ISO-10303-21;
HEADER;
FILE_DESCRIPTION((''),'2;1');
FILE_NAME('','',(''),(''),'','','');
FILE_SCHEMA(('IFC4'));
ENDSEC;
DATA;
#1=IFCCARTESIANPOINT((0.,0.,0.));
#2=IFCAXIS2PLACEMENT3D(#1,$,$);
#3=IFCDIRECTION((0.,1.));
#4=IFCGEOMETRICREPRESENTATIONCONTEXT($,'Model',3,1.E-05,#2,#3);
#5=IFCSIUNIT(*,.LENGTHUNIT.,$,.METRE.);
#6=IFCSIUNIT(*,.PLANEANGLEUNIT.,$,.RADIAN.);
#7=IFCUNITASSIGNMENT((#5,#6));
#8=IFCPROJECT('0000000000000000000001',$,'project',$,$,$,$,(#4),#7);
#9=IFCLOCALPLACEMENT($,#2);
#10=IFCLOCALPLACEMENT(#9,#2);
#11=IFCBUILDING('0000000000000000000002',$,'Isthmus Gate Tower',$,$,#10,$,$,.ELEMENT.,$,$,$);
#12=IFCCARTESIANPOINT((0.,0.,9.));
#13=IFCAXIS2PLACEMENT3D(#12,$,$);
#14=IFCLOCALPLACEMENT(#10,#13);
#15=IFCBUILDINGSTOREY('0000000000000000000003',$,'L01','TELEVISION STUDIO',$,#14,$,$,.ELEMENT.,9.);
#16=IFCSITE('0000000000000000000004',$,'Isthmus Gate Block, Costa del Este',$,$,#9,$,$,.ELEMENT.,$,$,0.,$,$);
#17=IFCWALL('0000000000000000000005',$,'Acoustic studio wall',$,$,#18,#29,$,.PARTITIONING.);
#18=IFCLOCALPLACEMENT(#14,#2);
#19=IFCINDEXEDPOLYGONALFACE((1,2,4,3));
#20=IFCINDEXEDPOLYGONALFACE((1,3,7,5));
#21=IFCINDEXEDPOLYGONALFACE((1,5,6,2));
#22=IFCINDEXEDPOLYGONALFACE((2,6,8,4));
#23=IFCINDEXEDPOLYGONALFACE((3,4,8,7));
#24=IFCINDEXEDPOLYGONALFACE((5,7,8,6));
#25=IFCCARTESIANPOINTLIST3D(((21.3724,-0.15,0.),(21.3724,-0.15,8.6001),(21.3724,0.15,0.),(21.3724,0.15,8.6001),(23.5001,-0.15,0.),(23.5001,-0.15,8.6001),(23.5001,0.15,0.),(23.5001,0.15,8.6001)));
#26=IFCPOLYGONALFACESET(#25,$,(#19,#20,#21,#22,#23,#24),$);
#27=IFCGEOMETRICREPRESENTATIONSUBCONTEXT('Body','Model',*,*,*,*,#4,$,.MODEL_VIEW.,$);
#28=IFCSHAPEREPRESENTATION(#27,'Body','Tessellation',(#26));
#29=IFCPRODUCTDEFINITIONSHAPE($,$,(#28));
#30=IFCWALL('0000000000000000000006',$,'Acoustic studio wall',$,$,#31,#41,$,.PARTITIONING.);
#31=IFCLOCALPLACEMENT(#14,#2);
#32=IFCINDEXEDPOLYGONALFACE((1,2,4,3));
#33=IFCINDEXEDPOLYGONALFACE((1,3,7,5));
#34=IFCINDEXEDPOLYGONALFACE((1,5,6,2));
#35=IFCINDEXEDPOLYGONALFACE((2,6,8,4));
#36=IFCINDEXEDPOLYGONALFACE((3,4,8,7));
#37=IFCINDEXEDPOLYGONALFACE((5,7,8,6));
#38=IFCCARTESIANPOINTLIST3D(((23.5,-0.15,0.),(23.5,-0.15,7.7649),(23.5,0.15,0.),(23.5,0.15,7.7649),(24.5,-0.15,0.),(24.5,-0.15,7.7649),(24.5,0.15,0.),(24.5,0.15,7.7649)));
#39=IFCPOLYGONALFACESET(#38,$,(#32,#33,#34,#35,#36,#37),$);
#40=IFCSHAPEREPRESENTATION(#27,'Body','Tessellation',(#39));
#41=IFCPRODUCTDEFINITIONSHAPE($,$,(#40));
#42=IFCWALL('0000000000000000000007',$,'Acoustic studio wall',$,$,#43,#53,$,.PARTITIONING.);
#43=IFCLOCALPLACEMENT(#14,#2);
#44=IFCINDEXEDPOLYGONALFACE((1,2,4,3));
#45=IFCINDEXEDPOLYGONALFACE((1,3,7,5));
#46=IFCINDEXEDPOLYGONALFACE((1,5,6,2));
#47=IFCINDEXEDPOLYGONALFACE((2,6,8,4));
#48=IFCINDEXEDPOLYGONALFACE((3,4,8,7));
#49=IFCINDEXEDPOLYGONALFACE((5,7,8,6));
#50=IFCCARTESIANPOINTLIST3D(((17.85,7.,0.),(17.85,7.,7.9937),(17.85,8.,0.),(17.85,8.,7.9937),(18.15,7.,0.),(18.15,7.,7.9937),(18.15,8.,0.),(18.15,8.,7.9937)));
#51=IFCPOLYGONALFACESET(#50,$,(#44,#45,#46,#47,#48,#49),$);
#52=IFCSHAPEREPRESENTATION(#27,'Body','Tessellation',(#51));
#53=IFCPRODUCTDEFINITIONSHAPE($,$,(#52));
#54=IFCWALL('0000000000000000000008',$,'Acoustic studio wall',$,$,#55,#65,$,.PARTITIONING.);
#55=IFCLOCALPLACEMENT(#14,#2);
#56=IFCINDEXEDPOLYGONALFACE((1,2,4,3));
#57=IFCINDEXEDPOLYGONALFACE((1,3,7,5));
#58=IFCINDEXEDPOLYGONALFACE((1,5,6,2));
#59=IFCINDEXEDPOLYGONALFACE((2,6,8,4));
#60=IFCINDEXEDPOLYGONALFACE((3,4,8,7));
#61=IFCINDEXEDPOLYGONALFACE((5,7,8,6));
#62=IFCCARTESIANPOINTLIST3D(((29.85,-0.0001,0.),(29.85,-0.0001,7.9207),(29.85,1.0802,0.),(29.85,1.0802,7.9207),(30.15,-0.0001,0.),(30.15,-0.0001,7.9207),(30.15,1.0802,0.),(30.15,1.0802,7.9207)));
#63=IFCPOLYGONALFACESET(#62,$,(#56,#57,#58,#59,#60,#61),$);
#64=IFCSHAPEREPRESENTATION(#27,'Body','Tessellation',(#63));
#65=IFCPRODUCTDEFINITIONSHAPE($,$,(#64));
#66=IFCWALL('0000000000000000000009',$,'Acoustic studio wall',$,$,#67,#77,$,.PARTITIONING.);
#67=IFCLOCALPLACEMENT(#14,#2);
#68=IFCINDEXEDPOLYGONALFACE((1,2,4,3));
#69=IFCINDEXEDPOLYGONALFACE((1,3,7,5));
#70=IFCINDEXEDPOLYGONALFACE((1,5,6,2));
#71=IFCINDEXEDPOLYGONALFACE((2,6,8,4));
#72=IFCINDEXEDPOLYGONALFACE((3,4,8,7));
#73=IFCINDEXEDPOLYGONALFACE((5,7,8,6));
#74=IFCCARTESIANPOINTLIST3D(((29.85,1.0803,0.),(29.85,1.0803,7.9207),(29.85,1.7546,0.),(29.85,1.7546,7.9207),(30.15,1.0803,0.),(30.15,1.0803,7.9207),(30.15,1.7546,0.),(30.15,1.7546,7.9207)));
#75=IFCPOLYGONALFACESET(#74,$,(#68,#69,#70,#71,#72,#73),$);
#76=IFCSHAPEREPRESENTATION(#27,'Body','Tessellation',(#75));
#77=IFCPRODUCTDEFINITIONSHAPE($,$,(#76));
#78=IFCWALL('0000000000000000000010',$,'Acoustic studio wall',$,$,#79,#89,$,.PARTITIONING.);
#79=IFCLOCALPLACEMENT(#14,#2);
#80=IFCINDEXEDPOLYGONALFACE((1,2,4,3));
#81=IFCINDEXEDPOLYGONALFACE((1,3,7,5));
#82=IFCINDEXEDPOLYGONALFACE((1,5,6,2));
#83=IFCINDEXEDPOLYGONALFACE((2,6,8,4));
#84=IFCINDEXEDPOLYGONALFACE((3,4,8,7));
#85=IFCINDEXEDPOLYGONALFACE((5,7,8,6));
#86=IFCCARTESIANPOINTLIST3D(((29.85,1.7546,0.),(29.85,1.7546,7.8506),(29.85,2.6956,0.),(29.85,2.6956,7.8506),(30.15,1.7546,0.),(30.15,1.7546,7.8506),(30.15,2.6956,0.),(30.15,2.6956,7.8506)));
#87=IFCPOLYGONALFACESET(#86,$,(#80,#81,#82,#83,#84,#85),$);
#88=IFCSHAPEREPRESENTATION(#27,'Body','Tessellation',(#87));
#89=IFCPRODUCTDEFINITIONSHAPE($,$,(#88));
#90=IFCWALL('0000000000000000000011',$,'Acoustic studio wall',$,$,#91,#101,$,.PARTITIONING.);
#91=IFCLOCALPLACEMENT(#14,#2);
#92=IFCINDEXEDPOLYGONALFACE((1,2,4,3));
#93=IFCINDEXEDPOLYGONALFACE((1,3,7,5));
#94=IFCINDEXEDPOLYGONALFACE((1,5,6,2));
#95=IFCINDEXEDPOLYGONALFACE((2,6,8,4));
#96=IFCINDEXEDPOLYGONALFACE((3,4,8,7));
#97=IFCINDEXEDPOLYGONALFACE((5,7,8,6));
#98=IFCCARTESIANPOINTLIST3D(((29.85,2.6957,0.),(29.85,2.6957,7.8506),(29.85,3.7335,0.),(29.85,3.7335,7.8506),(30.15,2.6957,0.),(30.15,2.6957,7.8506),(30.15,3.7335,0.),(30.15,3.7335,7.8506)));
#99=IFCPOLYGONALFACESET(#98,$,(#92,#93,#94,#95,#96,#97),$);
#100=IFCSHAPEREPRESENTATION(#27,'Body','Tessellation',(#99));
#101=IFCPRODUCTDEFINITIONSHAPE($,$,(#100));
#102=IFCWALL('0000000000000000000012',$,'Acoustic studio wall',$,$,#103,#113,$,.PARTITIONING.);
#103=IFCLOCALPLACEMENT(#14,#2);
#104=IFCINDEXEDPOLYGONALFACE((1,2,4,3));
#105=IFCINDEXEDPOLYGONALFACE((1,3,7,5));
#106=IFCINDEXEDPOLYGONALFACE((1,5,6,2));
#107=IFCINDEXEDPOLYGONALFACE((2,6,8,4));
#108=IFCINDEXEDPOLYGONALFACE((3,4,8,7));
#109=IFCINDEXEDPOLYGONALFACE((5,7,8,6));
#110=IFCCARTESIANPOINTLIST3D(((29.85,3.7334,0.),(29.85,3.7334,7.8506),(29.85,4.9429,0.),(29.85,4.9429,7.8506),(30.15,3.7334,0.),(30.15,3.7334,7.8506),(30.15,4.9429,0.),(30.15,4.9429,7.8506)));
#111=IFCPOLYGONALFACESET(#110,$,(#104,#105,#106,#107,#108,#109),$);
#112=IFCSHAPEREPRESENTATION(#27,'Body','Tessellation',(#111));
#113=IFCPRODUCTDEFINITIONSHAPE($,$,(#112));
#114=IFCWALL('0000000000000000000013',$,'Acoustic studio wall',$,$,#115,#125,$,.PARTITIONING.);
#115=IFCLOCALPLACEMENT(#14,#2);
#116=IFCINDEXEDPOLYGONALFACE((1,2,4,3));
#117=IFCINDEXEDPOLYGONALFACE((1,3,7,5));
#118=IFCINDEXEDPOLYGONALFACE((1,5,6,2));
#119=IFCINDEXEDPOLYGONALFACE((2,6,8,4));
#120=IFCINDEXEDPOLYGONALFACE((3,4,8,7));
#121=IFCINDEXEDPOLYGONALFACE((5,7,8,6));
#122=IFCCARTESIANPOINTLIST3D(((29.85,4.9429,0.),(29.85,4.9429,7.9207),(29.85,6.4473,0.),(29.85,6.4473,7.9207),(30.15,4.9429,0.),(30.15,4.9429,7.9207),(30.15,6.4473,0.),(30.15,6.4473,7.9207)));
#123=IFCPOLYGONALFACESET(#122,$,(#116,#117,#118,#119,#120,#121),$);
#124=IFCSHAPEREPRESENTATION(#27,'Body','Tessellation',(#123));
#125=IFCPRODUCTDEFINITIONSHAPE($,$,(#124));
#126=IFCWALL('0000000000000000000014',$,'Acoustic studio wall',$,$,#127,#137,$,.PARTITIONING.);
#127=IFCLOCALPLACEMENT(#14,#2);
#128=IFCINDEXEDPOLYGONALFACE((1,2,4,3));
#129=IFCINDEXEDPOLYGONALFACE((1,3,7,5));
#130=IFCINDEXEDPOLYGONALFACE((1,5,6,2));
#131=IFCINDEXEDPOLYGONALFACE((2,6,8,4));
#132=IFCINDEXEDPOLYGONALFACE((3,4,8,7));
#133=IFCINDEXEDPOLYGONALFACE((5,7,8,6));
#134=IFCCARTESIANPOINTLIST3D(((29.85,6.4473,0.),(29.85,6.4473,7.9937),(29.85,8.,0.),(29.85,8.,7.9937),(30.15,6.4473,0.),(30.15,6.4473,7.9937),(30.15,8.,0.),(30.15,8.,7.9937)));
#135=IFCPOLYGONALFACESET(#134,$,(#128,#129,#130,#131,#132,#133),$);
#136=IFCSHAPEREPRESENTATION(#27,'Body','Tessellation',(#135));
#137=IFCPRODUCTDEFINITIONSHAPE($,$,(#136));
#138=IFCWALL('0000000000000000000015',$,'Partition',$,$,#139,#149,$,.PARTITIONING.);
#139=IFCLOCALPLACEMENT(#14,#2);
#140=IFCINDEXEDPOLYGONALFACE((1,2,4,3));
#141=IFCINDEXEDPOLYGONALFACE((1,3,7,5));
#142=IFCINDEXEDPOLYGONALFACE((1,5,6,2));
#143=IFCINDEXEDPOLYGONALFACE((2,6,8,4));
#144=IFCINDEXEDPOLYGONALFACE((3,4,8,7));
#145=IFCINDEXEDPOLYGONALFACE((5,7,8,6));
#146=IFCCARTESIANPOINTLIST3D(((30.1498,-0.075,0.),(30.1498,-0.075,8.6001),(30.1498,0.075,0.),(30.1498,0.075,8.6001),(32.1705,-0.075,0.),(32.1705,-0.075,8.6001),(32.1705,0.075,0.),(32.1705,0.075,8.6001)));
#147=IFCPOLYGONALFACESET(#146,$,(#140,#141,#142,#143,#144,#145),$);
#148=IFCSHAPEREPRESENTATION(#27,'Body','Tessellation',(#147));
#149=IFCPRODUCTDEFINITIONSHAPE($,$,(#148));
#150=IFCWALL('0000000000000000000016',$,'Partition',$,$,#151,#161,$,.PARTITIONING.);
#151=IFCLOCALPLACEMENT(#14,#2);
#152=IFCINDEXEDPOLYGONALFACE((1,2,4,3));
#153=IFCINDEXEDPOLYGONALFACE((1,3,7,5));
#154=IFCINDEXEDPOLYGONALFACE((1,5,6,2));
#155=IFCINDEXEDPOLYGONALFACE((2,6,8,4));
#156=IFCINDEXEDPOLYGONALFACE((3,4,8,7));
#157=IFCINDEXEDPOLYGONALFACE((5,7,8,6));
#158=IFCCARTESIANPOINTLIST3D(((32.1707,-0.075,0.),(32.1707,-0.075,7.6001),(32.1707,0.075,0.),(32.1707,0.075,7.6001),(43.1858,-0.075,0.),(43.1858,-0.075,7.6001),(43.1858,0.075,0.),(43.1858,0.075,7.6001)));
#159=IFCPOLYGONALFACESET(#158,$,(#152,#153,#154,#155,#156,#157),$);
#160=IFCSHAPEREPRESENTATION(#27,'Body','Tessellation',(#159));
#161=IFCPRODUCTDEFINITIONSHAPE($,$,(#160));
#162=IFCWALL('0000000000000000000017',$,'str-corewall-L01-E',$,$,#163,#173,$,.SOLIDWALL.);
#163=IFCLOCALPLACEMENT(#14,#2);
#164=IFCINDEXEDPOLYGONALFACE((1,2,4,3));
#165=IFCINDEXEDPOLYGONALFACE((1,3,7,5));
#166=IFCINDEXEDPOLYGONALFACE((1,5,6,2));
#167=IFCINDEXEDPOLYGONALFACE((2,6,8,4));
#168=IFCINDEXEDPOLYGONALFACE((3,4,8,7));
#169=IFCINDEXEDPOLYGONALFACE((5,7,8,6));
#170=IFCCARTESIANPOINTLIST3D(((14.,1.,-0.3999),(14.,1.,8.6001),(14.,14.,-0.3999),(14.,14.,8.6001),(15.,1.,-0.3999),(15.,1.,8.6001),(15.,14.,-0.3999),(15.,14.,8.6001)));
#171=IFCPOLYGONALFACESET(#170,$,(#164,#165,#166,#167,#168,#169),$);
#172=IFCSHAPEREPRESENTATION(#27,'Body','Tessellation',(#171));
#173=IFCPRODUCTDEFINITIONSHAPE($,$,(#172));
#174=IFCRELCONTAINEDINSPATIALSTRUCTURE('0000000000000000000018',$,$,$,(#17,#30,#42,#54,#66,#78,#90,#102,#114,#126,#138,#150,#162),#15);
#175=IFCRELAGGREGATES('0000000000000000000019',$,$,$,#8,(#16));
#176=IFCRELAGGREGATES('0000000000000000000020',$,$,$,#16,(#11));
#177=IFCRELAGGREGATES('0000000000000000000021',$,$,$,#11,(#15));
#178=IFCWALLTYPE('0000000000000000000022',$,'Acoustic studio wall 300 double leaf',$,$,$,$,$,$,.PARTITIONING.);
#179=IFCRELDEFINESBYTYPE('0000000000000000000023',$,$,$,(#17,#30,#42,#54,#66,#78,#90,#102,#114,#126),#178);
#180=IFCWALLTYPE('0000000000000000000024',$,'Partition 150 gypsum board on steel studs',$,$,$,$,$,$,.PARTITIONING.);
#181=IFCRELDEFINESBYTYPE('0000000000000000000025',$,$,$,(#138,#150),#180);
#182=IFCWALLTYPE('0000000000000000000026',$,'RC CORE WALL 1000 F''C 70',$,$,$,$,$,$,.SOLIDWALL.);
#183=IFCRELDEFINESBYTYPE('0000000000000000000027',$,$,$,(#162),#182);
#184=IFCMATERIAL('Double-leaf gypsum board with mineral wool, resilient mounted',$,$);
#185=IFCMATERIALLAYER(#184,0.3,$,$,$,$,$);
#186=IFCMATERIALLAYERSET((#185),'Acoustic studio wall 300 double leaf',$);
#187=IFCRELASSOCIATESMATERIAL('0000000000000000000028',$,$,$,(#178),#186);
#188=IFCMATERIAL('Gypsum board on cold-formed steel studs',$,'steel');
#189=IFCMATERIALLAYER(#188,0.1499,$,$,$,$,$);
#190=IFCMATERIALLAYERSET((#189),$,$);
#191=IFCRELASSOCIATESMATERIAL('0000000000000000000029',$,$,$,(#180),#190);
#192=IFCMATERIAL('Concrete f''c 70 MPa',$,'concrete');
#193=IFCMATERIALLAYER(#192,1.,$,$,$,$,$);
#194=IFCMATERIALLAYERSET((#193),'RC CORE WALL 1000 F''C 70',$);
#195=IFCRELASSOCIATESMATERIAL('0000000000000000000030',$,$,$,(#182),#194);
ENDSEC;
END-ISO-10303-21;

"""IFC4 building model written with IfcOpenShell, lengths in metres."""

from ifc_helpers import new_model, si_unit, direction, frame, frame_2d, origin, place, context, subcontext, project, spatial, rectangle, extrude, material, layer, layer_set, type_object, element, save


model = new_model("IFC4")

# Units and contexts
model_context = context("Model", 3, precision=1e-05, world=origin(), true_north=direction((0.0, 1.0)))
body_context = subcontext(model_context, "Body", "Model", "MODEL_VIEW")
ifc_project = project(units=[si_unit("LENGTHUNIT", "METRE"), si_unit("PLANEANGLEUNIT", "RADIAN")], contexts=[model_context])

# Site, building, storey
site_placement = place(None, origin())
site = spatial("IfcSite", under=ifc_project, at=site_placement, Name="Isthmus Gate Block, Costa del Este", CompositionType="ELEMENT", RefElevation=0.0)
building_placement = place(site_placement, origin())
building = spatial("IfcBuilding", under=site, at=building_placement, Name="Isthmus Gate Tower", CompositionType="ELEMENT")
storey_placement = place(building_placement, frame((0.0, 0.0, 9.0)))
storey = spatial("IfcBuildingStorey", under=building, at=storey_placement, Name="L01", Description="TELEVISION STUDIO", CompositionType="ELEMENT", Elevation=9.0)

# Walls
ifc_material_1 = material(Name="Double-leaf gypsum board with mineral wool, resilient mounted")
ifc_layer_1 = layer(ifc_material_1, 0.3)
ifc_layer_set_1 = layer_set([ifc_layer_1], Name="Acoustic studio wall 300 double leaf")
wall_type_1 = type_object("IfcWallType", Name="Acoustic studio wall 300 double leaf", PredefinedType="PARTITIONING", material=ifc_layer_set_1)
wall_1_placement = place(storey_placement, frame((21.3723, 0.0, 0.0), z_axis=(0.0, 0.0, 1.0), x_axis=(1.0, 0.0, 0.0)))
element("IfcWall", 1, at=wall_1_placement, inside=storey, type_object=wall_type_1, Name="Acoustic studio wall", PredefinedType="PARTITIONING", context=body_context, shape_type="SweptSolid", body=[
    extrude(rectangle(XDim=2.1277, YDim=0.3, at=frame_2d((1.064, 0.0))), origin(), (0.0, 0.0, 1.0), 8.6001),
])
wall_2_placement = place(storey_placement, frame((23.5, 0.0, 0.0), z_axis=(0.0, 0.0, 1.0), x_axis=(1.0, 0.0, 0.0)))
element("IfcWall", 2, at=wall_2_placement, inside=storey, type_object=wall_type_1, Name="Acoustic studio wall", PredefinedType="PARTITIONING", context=body_context, shape_type="SweptSolid", body=[
    extrude(rectangle(XDim=1.0, YDim=0.3, at=frame_2d((0.5, 0.0))), origin(), (0.0, 0.0, 1.0), 7.7649),
])

# Walls
wall_3_placement = place(storey_placement, frame((18.0, 7.0, 0.0), z_axis=(0.0, 0.0, 1.0), x_axis=(0.0, 1.0, 0.0)))
element("IfcWall", 3, at=wall_3_placement, inside=storey, type_object=wall_type_1, Name="Acoustic studio wall", PredefinedType="PARTITIONING", context=body_context, shape_type="SweptSolid", body=[
    extrude(rectangle(XDim=1.0, YDim=0.3, at=frame_2d((0.5, 0.0))), origin(), (0.0, 0.0, 1.0), 7.9937),
])
wall_4_placement = place(storey_placement, frame((30.0, 0.0, 0.0), z_axis=(0.0, 0.0, 1.0), x_axis=(0.0, 1.0, 0.0)))
element("IfcWall", 4, at=wall_4_placement, inside=storey, type_object=wall_type_1, Name="Acoustic studio wall", PredefinedType="PARTITIONING", context=body_context, shape_type="SweptSolid", body=[
    extrude(rectangle(XDim=1.0803, YDim=0.3, at=frame_2d((0.54, 0.0))), origin(), (0.0, 0.0, 1.0), 7.9207),
])
wall_5_placement = place(storey_placement, frame((30.0, 1.0803, 0.0), z_axis=(0.0, 0.0, 1.0), x_axis=(0.0, 1.0, 0.0)))
element("IfcWall", 5, at=wall_5_placement, inside=storey, type_object=wall_type_1, Name="Acoustic studio wall", PredefinedType="PARTITIONING", context=body_context, shape_type="SweptSolid", body=[
    extrude(rectangle(XDim=0.6743, YDim=0.3, at=frame_2d((0.3372, 0.0))), origin(), (0.0, 0.0, 1.0), 7.9207),
])
wall_6_placement = place(storey_placement, frame((30.0, 1.7546, 0.0), z_axis=(0.0, 0.0, 1.0), x_axis=(0.0, 1.0, 0.0)))
element("IfcWall", 6, at=wall_6_placement, inside=storey, type_object=wall_type_1, Name="Acoustic studio wall", PredefinedType="PARTITIONING", context=body_context, shape_type="SweptSolid", body=[
    extrude(rectangle(XDim=0.9409, YDim=0.3, at=frame_2d((0.4705, 0.0))), origin(), (0.0, 0.0, 1.0), 7.8506),
])
wall_7_placement = place(storey_placement, frame((30.0, 2.6956, 0.0), z_axis=(0.0, 0.0, 1.0), x_axis=(0.0, 1.0, 0.0)))
element("IfcWall", 7, at=wall_7_placement, inside=storey, type_object=wall_type_1, Name="Acoustic studio wall", PredefinedType="PARTITIONING", context=body_context, shape_type="SweptSolid", body=[
    extrude(rectangle(XDim=1.0378, YDim=0.3, at=frame_2d((0.519, 0.0))), origin(), (0.0, 0.0, 1.0), 7.8506),
])
wall_8_placement = place(storey_placement, frame((30.0, 3.7334, 0.0), z_axis=(0.0, 0.0, 1.0), x_axis=(0.0, 1.0, 0.0)))
element("IfcWall", 8, at=wall_8_placement, inside=storey, type_object=wall_type_1, Name="Acoustic studio wall", PredefinedType="PARTITIONING", context=body_context, shape_type="SweptSolid", body=[
    extrude(rectangle(XDim=1.2095, YDim=0.3, at=frame_2d((0.6047, 0.0))), origin(), (0.0, 0.0, 1.0), 7.8506),
])
wall_9_placement = place(storey_placement, frame((30.0, 4.9429, 0.0), z_axis=(0.0, 0.0, 1.0), x_axis=(0.0, 1.0, 0.0)))
element("IfcWall", 9, at=wall_9_placement, inside=storey, type_object=wall_type_1, Name="Acoustic studio wall", PredefinedType="PARTITIONING", context=body_context, shape_type="SweptSolid", body=[
    extrude(rectangle(XDim=1.5044, YDim=0.3, at=frame_2d((0.7522, 0.0))), origin(), (0.0, 0.0, 1.0), 7.9207),
])
wall_10_placement = place(storey_placement, frame((30.0, 6.4473, 0.0), z_axis=(0.0, 0.0, 1.0), x_axis=(0.0, 1.0, 0.0)))
element("IfcWall", 10, at=wall_10_placement, inside=storey, type_object=wall_type_1, Name="Acoustic studio wall", PredefinedType="PARTITIONING", context=body_context, shape_type="SweptSolid", body=[
    extrude(rectangle(XDim=1.5527, YDim=0.3, at=frame_2d((0.7764, 0.0))), origin(), (0.0, 0.0, 1.0), 7.9937),
])
ifc_material_2 = material(Name="Gypsum board on cold-formed steel studs", Category="steel")
ifc_layer_2 = layer(ifc_material_2, 0.1499)
ifc_layer_set_2 = layer_set([ifc_layer_2])
wall_type_2 = type_object("IfcWallType", Name="Partition 150 gypsum board on steel studs", PredefinedType="PARTITIONING", material=ifc_layer_set_2)
wall_11_placement = place(storey_placement, frame((30.1499, 0.0, 0.0), z_axis=(0.0, 0.0, 1.0), x_axis=(1.0, 0.0, 0.0)))
element("IfcWall", 11, at=wall_11_placement, inside=storey, type_object=wall_type_2, Name="Partition", PredefinedType="PARTITIONING", context=body_context, shape_type="SweptSolid", body=[
    extrude(rectangle(XDim=2.0208, YDim=0.1499, at=frame_2d((1.0103, 0.0))), origin(), (0.0, 0.0, 1.0), 8.6001),
])
wall_12_placement = place(storey_placement, frame((32.1707, 0.0, 0.0), z_axis=(0.0, 0.0, 1.0), x_axis=(1.0, 0.0, 0.0)))
element("IfcWall", 12, at=wall_12_placement, inside=storey, type_object=wall_type_2, Name="Partition", PredefinedType="PARTITIONING", context=body_context, shape_type="SweptSolid", body=[
    extrude(rectangle(XDim=11.0151, YDim=0.1499, at=frame_2d((5.5076, 0.0))), origin(), (0.0, 0.0, 1.0), 7.6001),
])
ifc_material_3 = material(Name="Concrete f'c 70 MPa", Category="concrete")
ifc_layer_3 = layer(ifc_material_3, 1.0)
ifc_layer_set_3 = layer_set([ifc_layer_3], Name="RC CORE WALL 1000 F'C 70")
wall_type_3 = type_object("IfcWallType", Name="RC CORE WALL 1000 F'C 70", PredefinedType="SOLIDWALL", material=ifc_layer_set_3)
wall_13_placement = place(storey_placement, frame((14.5, 1.0, -0.3999), z_axis=(0.0, 0.0, 1.0), x_axis=(0.0, 1.0, 0.0)))
element("IfcWall", 13, at=wall_13_placement, inside=storey, type_object=wall_type_3, Name="str-corewall-L01-E", PredefinedType="SOLIDWALL", context=body_context, shape_type="SweptSolid", body=[
    extrude(rectangle(XDim=13.0, YDim=1.0, at=frame_2d((6.5, 0.0))), origin(), (0.0, 0.0, 1.0), 9.0),
])

save(model, "model.ifc")
